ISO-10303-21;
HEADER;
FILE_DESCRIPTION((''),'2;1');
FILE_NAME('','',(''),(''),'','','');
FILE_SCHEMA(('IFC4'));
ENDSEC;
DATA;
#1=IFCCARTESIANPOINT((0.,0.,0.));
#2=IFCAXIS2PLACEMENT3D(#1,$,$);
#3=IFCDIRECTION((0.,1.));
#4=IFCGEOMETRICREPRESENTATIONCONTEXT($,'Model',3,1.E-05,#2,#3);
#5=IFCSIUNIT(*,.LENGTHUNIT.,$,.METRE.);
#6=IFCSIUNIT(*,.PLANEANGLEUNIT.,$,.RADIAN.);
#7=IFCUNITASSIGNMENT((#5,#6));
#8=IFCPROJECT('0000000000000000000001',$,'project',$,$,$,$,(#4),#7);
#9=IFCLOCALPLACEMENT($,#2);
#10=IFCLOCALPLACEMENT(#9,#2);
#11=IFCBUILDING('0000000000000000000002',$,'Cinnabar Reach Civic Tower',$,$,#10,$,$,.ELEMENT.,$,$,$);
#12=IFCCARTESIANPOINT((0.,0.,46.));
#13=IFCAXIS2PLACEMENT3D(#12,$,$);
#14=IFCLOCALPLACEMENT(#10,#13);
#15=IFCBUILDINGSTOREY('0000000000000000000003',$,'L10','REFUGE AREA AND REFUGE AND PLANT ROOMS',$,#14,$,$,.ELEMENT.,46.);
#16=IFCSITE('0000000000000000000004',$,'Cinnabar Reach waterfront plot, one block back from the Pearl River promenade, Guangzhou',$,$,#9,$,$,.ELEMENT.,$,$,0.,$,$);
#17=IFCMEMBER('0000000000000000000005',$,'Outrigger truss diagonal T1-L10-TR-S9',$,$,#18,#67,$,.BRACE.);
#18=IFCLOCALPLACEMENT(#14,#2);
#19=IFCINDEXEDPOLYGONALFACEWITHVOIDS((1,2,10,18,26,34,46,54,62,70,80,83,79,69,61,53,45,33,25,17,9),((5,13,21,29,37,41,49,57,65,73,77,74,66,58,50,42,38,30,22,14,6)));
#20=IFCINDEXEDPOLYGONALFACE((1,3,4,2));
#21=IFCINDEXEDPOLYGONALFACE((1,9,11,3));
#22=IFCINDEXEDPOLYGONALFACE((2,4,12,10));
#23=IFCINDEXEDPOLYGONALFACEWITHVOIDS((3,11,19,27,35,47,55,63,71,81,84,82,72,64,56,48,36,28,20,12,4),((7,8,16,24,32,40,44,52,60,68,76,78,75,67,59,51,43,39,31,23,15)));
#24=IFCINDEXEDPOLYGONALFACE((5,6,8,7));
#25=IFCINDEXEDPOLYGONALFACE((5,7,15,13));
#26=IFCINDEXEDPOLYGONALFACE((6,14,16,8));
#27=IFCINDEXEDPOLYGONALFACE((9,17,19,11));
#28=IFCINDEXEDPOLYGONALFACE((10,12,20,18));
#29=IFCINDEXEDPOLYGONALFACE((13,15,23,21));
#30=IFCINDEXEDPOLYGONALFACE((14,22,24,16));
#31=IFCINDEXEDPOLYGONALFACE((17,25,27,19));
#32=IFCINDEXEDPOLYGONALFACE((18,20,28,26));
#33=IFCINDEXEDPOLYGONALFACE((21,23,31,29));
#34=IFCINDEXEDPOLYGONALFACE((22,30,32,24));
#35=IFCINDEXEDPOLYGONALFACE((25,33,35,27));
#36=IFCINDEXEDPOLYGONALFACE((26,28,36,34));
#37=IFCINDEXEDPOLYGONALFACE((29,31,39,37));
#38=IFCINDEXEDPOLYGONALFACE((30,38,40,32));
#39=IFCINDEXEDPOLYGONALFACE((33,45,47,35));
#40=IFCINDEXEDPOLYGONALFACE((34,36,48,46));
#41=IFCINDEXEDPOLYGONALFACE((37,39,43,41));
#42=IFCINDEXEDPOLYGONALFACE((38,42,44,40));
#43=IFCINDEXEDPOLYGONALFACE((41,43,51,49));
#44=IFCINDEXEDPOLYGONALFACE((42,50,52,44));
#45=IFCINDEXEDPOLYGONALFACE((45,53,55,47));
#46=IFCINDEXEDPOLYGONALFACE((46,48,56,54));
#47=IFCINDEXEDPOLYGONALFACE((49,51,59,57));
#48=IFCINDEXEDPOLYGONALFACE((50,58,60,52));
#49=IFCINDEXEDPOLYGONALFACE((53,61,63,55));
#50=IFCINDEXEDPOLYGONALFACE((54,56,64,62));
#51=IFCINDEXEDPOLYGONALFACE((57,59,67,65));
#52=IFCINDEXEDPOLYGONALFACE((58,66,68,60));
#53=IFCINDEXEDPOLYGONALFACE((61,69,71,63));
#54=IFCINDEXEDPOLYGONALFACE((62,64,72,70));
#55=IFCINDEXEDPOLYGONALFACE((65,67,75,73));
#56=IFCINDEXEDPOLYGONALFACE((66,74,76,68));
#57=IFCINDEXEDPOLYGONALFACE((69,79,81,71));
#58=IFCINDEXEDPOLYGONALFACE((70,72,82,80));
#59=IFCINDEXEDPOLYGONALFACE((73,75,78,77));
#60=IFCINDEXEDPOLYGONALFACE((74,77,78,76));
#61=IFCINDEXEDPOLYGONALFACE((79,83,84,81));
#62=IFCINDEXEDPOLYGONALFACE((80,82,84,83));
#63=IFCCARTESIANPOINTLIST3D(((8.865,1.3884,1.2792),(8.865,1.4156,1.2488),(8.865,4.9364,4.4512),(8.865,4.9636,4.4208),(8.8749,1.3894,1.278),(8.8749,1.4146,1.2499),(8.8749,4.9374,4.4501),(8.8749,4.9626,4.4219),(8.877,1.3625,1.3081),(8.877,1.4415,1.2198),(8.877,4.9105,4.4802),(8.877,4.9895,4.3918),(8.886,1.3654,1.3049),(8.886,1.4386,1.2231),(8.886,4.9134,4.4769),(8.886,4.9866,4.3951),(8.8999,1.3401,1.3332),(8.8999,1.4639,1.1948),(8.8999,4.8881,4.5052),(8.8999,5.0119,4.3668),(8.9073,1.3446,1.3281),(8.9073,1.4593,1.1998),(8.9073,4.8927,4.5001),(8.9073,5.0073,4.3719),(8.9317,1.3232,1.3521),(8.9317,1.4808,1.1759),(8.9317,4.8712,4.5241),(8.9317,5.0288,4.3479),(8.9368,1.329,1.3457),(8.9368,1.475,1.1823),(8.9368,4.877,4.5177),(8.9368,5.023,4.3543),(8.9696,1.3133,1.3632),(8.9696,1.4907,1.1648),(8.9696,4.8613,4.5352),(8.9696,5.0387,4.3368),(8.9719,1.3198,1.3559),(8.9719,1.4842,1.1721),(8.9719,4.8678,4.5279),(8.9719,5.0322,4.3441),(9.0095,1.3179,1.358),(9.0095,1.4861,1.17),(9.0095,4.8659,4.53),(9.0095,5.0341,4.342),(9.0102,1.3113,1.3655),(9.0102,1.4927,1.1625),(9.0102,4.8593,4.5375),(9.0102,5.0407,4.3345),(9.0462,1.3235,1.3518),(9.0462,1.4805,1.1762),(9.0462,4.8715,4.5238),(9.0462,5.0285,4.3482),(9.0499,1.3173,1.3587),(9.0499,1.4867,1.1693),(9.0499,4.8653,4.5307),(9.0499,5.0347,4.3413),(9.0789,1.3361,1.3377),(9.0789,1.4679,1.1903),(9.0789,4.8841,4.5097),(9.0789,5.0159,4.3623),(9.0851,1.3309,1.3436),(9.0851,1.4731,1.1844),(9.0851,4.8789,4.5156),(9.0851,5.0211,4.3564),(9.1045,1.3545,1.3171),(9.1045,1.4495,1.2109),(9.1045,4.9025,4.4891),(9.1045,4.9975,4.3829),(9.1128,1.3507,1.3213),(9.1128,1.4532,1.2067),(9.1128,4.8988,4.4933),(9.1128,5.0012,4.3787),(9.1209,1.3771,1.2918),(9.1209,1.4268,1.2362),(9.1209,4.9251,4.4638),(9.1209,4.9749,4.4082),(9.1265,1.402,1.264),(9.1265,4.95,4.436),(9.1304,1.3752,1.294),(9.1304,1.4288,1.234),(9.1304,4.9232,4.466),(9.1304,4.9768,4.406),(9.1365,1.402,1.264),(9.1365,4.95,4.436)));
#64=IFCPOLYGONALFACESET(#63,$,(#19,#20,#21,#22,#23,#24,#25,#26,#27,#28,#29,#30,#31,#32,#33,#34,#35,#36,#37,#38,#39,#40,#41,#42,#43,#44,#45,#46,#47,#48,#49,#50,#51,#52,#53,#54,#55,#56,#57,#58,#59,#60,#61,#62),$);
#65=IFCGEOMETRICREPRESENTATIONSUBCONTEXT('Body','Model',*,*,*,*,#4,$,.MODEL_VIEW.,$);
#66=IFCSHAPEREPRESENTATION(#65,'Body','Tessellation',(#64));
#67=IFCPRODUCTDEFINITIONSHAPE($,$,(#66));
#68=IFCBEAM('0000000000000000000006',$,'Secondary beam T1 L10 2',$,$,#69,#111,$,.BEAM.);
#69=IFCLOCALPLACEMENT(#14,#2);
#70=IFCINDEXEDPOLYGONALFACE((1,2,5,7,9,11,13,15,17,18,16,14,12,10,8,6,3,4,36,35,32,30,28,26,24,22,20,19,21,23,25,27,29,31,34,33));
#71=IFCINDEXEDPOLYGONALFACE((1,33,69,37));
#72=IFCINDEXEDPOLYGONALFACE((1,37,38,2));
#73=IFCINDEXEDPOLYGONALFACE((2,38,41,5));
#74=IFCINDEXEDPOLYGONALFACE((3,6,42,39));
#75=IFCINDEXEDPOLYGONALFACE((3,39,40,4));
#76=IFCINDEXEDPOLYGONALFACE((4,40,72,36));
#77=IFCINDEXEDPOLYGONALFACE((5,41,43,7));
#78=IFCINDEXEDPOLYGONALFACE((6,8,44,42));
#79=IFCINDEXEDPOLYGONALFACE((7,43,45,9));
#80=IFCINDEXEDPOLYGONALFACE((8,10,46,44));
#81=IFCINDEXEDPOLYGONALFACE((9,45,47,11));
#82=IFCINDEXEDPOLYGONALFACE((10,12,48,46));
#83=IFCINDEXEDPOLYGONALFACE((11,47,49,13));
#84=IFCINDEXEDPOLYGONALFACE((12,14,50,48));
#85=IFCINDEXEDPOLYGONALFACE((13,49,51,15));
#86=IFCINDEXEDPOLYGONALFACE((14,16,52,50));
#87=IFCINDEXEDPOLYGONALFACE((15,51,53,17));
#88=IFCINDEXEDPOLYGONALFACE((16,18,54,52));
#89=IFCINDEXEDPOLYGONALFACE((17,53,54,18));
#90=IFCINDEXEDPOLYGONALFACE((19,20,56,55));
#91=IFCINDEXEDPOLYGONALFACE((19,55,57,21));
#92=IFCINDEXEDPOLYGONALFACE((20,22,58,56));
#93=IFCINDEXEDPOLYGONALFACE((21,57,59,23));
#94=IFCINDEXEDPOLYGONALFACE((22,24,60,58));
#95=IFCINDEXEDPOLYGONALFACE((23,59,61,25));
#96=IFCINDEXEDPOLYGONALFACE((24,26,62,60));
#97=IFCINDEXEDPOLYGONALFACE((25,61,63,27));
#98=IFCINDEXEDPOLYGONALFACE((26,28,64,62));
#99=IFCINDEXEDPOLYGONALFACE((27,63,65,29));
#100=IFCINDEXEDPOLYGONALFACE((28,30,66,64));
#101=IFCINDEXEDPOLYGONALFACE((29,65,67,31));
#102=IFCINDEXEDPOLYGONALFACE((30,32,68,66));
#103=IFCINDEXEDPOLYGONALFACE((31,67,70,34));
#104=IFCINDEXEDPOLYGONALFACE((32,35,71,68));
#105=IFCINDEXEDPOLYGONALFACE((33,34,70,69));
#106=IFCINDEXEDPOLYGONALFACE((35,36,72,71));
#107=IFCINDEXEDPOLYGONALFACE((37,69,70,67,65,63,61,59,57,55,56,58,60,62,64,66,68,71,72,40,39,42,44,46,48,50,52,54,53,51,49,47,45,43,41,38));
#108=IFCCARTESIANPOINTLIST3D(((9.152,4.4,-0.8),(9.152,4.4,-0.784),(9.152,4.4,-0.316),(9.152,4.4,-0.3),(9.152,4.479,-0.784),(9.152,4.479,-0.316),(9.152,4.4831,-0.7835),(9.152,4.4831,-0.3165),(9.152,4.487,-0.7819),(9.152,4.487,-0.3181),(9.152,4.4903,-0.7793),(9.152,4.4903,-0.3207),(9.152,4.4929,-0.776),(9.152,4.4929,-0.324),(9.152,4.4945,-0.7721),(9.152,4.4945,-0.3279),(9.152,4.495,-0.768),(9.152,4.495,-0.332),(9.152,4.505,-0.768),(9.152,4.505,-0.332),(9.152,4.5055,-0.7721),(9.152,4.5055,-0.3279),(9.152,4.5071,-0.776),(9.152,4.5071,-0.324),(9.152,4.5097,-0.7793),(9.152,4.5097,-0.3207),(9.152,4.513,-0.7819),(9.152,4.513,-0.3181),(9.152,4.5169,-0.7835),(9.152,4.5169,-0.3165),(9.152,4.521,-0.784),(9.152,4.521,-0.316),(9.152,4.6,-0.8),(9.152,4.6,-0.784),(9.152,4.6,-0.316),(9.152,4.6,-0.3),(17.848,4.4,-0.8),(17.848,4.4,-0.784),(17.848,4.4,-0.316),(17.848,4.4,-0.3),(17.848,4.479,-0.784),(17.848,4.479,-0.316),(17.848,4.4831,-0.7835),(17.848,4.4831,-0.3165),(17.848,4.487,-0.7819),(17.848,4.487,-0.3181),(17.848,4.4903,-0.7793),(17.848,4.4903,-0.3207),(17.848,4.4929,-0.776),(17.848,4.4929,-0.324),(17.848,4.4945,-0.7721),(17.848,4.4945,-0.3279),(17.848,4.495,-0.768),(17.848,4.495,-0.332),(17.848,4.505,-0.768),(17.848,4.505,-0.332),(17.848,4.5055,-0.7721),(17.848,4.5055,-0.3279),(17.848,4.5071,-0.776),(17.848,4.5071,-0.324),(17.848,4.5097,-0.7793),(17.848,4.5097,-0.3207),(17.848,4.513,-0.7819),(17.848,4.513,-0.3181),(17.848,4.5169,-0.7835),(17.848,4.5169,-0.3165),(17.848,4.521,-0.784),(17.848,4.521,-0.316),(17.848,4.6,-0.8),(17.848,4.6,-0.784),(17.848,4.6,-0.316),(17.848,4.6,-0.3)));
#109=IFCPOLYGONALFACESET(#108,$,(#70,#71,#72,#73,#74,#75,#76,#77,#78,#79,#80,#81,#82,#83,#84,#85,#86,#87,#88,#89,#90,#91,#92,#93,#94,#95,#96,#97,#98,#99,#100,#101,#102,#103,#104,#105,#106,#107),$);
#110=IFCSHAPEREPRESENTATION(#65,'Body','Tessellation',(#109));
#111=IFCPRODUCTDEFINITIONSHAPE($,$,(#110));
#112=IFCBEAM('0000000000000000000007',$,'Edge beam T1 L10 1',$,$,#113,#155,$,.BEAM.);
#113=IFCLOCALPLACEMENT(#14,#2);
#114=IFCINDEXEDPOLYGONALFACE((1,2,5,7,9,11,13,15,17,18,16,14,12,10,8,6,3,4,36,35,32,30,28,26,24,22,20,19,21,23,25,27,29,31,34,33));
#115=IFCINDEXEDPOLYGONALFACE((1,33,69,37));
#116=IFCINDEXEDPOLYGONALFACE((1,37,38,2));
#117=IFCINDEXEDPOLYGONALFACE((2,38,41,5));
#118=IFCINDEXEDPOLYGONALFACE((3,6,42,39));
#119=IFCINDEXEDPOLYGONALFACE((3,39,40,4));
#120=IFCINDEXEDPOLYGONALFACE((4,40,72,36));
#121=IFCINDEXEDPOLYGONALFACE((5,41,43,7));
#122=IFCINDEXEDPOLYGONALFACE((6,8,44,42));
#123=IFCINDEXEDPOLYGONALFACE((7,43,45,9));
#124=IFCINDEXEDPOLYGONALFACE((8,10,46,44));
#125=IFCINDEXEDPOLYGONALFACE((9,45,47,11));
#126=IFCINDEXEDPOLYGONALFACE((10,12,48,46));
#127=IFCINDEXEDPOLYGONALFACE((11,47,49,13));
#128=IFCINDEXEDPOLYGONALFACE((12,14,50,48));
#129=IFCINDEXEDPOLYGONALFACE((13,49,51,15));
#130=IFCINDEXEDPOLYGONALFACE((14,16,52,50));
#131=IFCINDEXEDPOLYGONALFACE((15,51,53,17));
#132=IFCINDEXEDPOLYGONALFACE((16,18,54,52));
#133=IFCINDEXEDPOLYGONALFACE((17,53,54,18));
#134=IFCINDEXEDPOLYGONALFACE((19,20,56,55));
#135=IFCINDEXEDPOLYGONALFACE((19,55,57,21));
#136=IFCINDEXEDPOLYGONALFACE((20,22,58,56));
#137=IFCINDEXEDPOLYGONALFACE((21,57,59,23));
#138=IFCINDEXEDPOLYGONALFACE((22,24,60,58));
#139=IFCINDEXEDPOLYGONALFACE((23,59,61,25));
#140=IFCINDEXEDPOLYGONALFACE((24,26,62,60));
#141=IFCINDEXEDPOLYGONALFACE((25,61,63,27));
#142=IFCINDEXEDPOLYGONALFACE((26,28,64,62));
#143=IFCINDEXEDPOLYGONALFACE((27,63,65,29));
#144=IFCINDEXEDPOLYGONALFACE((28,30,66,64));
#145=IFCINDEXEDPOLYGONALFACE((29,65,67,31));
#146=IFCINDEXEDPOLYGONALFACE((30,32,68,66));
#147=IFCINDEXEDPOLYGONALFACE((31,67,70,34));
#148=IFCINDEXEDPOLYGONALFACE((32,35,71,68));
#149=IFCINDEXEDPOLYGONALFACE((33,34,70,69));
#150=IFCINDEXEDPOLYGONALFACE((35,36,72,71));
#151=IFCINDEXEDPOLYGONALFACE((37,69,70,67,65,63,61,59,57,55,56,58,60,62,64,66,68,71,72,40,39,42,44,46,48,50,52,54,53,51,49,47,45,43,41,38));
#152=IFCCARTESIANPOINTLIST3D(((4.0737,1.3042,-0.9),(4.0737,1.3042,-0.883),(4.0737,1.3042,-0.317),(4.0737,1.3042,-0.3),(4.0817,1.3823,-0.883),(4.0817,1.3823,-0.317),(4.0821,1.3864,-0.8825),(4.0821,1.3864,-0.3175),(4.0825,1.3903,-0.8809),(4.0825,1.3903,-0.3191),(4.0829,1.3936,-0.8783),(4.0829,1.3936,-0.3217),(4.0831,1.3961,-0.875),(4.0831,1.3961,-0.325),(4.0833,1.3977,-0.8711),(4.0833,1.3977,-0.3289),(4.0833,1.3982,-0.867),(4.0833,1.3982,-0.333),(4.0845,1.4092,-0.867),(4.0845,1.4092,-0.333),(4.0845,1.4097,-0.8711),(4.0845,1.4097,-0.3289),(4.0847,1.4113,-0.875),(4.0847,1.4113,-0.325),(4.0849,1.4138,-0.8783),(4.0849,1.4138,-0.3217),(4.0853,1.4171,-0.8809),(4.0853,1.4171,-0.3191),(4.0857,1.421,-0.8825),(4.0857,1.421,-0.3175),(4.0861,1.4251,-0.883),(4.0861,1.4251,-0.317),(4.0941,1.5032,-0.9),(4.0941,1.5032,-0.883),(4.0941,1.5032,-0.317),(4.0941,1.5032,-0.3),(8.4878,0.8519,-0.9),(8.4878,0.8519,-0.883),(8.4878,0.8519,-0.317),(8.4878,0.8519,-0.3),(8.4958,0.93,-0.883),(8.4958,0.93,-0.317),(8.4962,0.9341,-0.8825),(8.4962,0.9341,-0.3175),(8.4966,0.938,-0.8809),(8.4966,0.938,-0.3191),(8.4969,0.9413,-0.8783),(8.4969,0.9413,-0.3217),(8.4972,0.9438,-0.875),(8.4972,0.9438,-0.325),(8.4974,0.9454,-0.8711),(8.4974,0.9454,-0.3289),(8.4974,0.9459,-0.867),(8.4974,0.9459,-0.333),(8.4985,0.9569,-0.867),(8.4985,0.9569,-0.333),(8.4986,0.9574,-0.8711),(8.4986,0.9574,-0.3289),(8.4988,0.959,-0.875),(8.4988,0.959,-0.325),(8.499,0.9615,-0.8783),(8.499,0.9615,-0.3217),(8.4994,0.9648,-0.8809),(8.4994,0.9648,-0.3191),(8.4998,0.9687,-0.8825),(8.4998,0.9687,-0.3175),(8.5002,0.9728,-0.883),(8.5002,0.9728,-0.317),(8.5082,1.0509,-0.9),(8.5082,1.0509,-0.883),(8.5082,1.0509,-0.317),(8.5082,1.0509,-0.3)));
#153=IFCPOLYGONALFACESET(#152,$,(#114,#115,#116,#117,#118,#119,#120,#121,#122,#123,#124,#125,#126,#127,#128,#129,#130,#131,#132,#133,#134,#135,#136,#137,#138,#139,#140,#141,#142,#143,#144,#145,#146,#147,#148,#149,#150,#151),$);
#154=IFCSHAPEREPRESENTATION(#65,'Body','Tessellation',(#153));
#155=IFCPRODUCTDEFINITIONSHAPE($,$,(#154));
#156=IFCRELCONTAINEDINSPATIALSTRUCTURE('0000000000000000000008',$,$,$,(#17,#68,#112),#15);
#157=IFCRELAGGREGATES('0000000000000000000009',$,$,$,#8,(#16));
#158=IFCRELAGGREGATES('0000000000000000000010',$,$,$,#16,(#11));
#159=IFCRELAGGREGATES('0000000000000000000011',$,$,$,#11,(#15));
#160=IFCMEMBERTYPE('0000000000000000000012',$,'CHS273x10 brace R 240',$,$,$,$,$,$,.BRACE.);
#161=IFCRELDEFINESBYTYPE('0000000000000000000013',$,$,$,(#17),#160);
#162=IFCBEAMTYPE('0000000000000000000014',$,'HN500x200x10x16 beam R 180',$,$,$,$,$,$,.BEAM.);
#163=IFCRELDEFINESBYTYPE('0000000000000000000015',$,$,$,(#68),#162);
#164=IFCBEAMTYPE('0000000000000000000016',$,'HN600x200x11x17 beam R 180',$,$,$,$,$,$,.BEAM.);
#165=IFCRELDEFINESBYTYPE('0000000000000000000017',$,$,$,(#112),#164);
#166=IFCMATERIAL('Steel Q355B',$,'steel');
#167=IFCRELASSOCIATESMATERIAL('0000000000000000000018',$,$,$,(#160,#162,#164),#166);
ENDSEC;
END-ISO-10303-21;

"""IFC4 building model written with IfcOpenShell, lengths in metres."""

from ifc_helpers import new_model, si_unit, direction, frame, origin, origin_2d, place, context, subcontext, project, spatial, hollow_circle, i_section, extrude, material, material_profile, profile_set, type_object, element, save


model = new_model("IFC4")

# Units and contexts
model_context = context("Model", 3, precision=1e-05, world=origin(), true_north=direction((0.0, 1.0)))
body_context = subcontext(model_context, "Body", "Model", "MODEL_VIEW")
ifc_project = project(units=[si_unit("LENGTHUNIT", "METRE"), si_unit("PLANEANGLEUNIT", "RADIAN")], contexts=[model_context])

# Site, building, storey
site_placement = place(None, origin())
site = spatial("IfcSite", under=ifc_project, at=site_placement, Name="Cinnabar Reach waterfront plot, one block back from the Pearl River promenade, Guangzhou", CompositionType="ELEMENT", RefElevation=0.0)
building_placement = place(site_placement, origin())
building = spatial("IfcBuilding", under=site, at=building_placement, Name="Cinnabar Reach Civic Tower", CompositionType="ELEMENT")
storey_placement = place(building_placement, frame((0.0, 0.0, 46.0)))
storey = spatial("IfcBuildingStorey", under=building, at=storey_placement, Name="L10", Description="REFUGE AREA AND REFUGE AND PLANT ROOMS", CompositionType="ELEMENT", Elevation=46.0)

# Shared definitions
ifc_material_1 = material(Name="Steel Q355B", Category="steel")

# Member
ifc_material_profile_1 = material_profile(ifc_material_1, hollow_circle(Radius=0.1365, WallThickness=0.01, at=origin_2d()), Name="CHS273x10")
ifc_profile_set_1 = profile_set([ifc_material_profile_1], Name="Steel Q355B")
member_type_1 = type_object("IfcMemberType", Name="CHS273x10 brace R 240", PredefinedType="BRACE", material=ifc_profile_set_1)
member_1_placement = place(storey_placement, frame((9.0, 4.95, 4.436), z_axis=(0.0, -0.745505, -0.6665), x_axis=(1.0, 0.0, 0.0)))
element("IfcMember", 1, at=member_1_placement, inside=storey, type_object=member_type_1, Name="Outrigger truss diagonal T1-L10-TR-S9", PredefinedType="BRACE", context=body_context, shape_type="SweptSolid", body=[
    extrude(hollow_circle(Radius=0.1365, WallThickness=0.01, at=origin_2d()), origin(), (0.0, 0.0, 1.0), 4.7592),
])

# Beams
ifc_material_profile_2 = material_profile(ifc_material_1, i_section(OverallWidth=0.2, OverallDepth=0.5, WebThickness=0.01, FlangeThickness=0.016, FilletRadius=0.016, at=origin_2d()), Name="HN500x200x10x16")
ifc_profile_set_2 = profile_set([ifc_material_profile_2], Name="Steel Q355B")
beam_type_1 = type_object("IfcBeamType", Name="HN500x200x10x16 beam R 180", PredefinedType="BEAM", material=ifc_profile_set_2)
beam_1_placement = place(storey_placement, frame((9.152, 4.5, -0.55), z_axis=(1.0, 0.0, 0.0), x_axis=(0.0, 1.0, 0.0)))
element("IfcBeam", 2, at=beam_1_placement, inside=storey, type_object=beam_type_1, Name="Secondary beam T1 L10 2", PredefinedType="BEAM", context=body_context, shape_type="SweptSolid", body=[
    extrude(i_section(OverallWidth=0.2, OverallDepth=0.5, WebThickness=0.01, FlangeThickness=0.016, FilletRadius=0.016, at=origin_2d()), origin(), (0.0, 0.0, 1.0), 8.696),
])
ifc_material_profile_3 = material_profile(ifc_material_1, i_section(OverallWidth=0.2, OverallDepth=0.6, WebThickness=0.011, FlangeThickness=0.017, FilletRadius=0.016, at=origin_2d()), Name="HN600x200x11x17")
ifc_profile_set_3 = profile_set([ifc_material_profile_3], Name="Steel Q355B")
beam_type_2 = type_object("IfcBeamType", Name="HN600x200x11x17 beam R 180", PredefinedType="BEAM", material=ifc_profile_set_3)
beam_2_placement = place(storey_placement, frame((4.0839, 1.4037, -0.6), z_axis=(0.994791, -0.101933, 0.0), x_axis=(0.101933, 0.994791, 0.0)))
element("IfcBeam", 3, at=beam_2_placement, inside=storey, type_object=beam_type_2, Name="Edge beam T1 L10 1", PredefinedType="BEAM", context=body_context, shape_type="SweptSolid", body=[
    extrude(i_section(OverallWidth=0.2, OverallDepth=0.6, WebThickness=0.011, FlangeThickness=0.017, FilletRadius=0.016, at=origin_2d()), origin(), (0.0, 0.0, 1.0), 4.4372),
])

save(model, "model.ifc")
